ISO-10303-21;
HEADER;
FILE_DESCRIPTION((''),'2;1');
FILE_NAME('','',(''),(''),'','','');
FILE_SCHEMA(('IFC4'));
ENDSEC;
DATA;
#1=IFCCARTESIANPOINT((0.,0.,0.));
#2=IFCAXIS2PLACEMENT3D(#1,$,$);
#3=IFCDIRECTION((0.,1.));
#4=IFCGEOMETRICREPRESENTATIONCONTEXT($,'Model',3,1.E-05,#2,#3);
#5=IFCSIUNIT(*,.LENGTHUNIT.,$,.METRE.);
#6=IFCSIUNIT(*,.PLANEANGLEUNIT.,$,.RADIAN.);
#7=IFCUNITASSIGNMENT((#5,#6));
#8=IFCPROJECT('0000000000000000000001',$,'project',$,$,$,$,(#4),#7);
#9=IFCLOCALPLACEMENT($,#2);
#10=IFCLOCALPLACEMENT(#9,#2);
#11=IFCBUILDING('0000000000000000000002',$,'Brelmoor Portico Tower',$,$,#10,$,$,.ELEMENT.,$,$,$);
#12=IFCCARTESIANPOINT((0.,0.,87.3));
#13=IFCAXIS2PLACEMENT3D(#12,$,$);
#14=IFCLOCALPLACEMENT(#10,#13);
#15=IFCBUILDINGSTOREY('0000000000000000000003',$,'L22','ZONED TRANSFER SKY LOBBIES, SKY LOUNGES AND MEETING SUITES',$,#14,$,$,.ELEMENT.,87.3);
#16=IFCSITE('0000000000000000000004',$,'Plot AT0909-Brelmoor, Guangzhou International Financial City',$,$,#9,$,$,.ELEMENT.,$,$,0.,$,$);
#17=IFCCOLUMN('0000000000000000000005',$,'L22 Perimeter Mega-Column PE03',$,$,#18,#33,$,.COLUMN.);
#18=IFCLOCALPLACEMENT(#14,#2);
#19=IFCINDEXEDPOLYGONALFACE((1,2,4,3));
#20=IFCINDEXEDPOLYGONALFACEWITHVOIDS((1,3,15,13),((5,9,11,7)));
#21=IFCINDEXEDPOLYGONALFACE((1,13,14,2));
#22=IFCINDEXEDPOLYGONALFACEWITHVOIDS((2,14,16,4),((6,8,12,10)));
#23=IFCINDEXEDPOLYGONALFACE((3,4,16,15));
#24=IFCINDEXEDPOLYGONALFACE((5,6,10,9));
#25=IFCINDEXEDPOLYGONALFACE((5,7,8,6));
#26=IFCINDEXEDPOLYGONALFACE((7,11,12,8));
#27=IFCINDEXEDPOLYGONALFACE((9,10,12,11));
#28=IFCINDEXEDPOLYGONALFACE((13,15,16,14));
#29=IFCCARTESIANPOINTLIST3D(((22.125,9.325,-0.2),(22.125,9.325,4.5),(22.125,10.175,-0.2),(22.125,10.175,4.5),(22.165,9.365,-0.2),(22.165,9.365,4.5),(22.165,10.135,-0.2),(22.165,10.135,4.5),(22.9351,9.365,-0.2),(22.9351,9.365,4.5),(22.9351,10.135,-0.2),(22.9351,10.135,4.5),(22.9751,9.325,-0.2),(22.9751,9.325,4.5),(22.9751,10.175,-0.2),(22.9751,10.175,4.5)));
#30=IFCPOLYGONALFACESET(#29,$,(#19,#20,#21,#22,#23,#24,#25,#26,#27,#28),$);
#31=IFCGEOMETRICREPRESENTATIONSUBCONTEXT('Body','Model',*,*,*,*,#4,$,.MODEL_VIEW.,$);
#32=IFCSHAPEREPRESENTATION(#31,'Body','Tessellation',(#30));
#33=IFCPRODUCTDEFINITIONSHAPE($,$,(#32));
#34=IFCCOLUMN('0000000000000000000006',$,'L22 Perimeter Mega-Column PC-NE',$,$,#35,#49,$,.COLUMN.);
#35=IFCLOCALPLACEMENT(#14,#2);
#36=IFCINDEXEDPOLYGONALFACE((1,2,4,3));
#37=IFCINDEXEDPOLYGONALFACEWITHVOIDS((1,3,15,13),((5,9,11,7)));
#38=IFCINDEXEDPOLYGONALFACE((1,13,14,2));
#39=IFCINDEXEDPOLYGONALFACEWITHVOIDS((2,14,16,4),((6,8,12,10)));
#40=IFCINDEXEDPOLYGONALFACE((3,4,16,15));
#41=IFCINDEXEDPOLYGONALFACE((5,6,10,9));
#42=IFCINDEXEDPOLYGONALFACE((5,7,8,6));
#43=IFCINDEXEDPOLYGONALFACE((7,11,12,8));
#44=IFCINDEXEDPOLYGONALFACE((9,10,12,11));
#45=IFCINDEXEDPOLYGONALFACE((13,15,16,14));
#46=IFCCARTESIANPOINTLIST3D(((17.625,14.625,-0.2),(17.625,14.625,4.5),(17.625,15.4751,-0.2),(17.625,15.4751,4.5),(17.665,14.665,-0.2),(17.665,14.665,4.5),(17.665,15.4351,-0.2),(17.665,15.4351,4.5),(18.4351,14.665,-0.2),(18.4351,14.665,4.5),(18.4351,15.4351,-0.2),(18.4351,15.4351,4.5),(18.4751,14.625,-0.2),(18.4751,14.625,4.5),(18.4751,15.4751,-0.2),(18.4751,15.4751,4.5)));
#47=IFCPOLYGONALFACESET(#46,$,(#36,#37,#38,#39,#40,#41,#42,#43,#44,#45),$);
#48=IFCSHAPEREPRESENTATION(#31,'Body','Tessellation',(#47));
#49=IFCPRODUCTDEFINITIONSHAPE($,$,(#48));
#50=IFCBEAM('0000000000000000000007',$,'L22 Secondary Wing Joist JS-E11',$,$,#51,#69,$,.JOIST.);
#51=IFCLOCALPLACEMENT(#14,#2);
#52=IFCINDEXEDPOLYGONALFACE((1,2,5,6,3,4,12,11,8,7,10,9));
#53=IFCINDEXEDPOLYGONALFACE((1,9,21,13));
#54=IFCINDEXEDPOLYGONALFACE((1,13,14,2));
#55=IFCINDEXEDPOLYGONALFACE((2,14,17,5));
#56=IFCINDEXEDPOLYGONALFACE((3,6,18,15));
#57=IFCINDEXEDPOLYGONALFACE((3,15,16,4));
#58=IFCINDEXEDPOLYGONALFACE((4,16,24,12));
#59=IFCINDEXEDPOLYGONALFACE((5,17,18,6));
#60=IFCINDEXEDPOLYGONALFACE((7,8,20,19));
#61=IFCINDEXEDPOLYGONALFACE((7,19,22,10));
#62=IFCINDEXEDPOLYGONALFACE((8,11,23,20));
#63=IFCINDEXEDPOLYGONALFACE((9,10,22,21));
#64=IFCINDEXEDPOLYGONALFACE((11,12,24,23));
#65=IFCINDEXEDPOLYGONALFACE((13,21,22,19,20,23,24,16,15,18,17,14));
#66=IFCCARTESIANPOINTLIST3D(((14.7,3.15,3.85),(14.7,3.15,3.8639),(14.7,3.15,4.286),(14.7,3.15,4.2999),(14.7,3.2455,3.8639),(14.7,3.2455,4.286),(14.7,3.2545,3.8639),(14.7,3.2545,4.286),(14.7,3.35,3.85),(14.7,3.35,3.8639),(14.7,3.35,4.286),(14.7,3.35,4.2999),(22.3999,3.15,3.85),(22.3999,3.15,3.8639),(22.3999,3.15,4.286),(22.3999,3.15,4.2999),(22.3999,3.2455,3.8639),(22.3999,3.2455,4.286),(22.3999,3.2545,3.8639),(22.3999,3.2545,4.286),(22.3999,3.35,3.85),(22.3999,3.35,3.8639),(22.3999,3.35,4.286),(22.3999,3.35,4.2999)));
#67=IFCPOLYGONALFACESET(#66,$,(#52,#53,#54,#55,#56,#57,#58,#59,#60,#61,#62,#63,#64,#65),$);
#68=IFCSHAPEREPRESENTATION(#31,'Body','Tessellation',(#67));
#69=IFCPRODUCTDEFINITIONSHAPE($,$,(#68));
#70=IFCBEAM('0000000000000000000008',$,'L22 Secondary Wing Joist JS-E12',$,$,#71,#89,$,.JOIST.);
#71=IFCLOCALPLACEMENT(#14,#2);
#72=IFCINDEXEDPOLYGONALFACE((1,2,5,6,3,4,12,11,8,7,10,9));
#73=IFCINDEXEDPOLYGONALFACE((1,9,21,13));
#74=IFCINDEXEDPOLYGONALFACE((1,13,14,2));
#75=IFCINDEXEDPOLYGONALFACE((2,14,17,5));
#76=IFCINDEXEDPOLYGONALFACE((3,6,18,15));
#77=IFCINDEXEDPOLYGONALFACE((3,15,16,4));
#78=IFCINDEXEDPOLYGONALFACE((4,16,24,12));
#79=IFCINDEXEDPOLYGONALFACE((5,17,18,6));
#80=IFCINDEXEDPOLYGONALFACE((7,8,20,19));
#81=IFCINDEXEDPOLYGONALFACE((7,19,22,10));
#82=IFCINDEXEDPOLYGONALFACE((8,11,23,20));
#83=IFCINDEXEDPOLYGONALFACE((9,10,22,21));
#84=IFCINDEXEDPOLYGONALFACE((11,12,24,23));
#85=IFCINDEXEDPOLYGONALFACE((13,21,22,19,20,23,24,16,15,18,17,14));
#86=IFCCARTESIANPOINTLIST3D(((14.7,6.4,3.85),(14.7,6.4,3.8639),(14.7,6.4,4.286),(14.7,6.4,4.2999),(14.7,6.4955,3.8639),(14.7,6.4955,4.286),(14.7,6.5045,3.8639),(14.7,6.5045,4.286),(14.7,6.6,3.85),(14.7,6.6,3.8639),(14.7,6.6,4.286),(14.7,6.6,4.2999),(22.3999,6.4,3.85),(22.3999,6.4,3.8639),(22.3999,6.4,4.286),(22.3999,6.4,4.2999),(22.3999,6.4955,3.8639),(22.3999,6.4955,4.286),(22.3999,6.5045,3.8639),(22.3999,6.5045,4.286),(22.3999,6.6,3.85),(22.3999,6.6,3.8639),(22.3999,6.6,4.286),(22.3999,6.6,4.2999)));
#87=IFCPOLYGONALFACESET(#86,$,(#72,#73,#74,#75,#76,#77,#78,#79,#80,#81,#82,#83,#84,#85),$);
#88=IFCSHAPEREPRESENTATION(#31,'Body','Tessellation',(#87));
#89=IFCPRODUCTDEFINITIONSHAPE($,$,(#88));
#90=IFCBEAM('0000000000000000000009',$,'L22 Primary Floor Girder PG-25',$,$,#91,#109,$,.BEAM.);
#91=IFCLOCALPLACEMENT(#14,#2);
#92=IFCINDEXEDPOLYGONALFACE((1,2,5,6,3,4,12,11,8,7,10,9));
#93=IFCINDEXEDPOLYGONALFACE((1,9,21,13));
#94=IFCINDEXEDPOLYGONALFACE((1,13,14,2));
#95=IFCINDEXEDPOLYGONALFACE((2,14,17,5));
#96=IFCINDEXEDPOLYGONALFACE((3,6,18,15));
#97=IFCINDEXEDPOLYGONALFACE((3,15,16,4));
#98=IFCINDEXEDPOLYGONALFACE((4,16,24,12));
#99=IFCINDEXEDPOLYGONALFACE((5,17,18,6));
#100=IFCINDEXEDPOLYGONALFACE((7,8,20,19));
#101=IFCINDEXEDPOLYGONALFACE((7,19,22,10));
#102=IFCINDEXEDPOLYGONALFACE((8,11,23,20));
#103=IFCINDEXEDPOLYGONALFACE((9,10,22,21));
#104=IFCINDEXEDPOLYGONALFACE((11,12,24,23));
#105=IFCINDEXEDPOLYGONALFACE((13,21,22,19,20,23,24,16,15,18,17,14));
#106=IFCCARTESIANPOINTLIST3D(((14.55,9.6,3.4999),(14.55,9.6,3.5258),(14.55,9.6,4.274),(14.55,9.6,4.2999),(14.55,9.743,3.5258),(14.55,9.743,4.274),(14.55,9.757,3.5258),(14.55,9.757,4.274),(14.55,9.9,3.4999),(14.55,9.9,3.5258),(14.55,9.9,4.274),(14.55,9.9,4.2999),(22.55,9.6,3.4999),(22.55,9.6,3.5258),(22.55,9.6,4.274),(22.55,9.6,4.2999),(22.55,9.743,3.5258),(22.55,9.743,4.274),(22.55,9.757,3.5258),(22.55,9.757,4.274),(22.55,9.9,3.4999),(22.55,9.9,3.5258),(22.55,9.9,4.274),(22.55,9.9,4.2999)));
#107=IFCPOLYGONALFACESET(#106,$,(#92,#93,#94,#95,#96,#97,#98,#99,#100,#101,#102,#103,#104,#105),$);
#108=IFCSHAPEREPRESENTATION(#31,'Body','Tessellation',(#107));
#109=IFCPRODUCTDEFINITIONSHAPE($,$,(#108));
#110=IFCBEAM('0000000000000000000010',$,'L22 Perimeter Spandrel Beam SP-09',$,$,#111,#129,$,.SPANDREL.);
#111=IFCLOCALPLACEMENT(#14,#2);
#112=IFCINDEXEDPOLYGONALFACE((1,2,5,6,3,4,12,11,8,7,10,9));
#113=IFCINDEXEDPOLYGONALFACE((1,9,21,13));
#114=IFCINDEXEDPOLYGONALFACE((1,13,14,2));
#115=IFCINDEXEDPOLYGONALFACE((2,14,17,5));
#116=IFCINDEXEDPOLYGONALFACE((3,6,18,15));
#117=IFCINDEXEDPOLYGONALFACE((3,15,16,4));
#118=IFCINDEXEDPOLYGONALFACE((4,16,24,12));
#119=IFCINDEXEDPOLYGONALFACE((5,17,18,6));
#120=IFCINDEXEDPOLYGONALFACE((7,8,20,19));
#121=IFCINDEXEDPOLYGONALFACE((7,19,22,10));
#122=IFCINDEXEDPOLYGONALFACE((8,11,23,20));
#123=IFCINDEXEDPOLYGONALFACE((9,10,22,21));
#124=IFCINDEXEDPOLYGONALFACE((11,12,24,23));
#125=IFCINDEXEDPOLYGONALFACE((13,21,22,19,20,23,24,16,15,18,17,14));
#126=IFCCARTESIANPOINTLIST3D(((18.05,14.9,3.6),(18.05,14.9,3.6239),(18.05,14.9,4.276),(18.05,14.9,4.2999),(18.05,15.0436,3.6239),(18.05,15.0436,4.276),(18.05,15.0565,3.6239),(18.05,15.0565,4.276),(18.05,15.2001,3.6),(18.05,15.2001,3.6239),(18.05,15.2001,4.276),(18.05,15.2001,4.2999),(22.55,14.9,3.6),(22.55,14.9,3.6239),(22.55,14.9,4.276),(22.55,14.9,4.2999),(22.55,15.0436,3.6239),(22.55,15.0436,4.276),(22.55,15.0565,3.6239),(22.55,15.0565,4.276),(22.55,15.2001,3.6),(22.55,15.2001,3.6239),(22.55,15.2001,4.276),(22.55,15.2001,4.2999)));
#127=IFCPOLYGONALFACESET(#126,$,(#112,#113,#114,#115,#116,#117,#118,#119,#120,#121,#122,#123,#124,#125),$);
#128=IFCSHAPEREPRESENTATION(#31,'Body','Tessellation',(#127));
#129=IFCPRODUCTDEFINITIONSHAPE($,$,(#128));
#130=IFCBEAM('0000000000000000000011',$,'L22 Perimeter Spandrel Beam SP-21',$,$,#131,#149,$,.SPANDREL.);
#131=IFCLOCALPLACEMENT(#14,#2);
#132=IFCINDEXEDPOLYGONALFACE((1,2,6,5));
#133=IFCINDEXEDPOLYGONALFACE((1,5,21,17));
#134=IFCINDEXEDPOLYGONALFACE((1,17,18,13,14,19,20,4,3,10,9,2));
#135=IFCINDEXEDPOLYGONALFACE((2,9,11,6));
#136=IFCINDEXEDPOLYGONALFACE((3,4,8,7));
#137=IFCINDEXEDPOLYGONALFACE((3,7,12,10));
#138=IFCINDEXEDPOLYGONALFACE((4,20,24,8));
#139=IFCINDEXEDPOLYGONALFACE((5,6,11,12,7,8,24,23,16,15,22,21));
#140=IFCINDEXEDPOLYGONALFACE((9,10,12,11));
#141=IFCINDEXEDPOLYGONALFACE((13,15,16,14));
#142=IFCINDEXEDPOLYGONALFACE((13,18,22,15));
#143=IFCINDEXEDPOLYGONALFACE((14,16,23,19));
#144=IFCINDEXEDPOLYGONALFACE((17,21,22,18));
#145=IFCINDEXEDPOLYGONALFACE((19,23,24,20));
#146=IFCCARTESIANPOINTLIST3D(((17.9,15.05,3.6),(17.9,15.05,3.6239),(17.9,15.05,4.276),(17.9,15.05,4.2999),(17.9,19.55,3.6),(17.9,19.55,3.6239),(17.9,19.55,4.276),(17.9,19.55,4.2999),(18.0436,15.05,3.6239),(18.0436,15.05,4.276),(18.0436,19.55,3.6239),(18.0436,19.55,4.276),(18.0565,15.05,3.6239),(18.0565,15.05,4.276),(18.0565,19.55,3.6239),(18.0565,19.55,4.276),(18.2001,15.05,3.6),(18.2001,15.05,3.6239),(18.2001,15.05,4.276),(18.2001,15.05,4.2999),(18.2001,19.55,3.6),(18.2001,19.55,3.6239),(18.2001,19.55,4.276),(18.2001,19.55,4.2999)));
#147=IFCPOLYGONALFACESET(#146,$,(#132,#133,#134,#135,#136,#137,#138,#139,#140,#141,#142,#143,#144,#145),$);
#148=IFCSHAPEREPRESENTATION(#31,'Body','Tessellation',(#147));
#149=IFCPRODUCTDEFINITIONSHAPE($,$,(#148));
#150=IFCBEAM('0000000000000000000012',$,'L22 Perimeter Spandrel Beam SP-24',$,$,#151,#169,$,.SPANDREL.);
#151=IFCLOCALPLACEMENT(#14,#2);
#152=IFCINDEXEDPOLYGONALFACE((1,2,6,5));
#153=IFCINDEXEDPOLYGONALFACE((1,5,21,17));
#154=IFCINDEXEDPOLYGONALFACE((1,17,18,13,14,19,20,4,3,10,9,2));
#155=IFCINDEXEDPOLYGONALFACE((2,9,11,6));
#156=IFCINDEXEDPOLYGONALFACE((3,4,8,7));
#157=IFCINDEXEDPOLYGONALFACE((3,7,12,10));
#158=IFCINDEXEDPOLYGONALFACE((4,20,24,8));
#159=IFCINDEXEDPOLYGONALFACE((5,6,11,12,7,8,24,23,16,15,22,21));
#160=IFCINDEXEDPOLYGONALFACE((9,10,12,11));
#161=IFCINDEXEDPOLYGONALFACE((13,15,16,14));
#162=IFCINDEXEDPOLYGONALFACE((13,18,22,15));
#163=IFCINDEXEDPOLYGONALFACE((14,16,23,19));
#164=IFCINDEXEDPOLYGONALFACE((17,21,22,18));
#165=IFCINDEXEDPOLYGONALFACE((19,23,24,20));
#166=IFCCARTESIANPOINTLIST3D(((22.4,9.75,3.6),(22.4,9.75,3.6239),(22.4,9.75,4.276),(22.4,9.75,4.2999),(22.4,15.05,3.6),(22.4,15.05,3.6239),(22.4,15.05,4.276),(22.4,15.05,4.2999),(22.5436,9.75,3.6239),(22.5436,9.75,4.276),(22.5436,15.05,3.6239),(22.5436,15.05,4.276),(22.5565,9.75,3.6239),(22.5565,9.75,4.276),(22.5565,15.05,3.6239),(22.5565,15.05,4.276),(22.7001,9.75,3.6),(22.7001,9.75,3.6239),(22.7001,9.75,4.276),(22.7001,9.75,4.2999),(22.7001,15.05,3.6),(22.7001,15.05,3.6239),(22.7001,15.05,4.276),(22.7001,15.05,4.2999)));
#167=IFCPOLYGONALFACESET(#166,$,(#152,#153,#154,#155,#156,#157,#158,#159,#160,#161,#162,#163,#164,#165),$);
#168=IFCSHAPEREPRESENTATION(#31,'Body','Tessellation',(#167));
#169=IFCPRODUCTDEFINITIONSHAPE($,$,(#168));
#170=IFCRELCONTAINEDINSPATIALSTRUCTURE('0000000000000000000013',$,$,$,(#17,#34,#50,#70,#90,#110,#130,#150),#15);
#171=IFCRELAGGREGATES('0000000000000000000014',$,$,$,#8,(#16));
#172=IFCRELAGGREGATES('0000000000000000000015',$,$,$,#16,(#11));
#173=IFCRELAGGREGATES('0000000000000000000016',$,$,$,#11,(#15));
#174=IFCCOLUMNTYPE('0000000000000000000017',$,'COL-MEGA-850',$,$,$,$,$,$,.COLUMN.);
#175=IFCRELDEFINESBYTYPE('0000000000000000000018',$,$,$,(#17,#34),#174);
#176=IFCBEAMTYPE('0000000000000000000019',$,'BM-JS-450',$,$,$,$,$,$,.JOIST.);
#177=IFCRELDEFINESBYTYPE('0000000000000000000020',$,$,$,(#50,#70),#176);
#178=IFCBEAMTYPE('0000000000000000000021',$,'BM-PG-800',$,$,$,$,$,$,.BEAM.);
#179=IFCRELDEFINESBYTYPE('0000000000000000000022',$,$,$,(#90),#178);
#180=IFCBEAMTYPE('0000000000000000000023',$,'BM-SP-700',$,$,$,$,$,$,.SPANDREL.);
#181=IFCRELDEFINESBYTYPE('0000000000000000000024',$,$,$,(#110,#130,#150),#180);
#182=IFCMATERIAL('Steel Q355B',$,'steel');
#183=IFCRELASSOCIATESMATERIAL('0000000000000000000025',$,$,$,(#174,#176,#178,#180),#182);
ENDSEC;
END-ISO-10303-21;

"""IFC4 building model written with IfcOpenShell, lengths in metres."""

from ifc_helpers import new_model, si_unit, direction, frame, origin, origin_2d, place, context, subcontext, project, spatial, hollow_rectangle, i_section, extrude, material, material_profile, profile_set, type_object, element, save


model = new_model("IFC4")

# Units and contexts
model_context = context("Model", 3, precision=1e-05, world=origin(), true_north=direction((0.0, 1.0)))
body_context = subcontext(model_context, "Body", "Model", "MODEL_VIEW")
ifc_project = project(units=[si_unit("LENGTHUNIT", "METRE"), si_unit("PLANEANGLEUNIT", "RADIAN")], contexts=[model_context])

# Site, building, storey
site_placement = place(None, origin())
site = spatial("IfcSite", under=ifc_project, at=site_placement, Name="Plot AT0909-Brelmoor, Guangzhou International Financial City", CompositionType="ELEMENT", RefElevation=0.0)
building_placement = place(site_placement, origin())
building = spatial("IfcBuilding", under=site, at=building_placement, Name="Brelmoor Portico Tower", CompositionType="ELEMENT")
storey_placement = place(building_placement, frame((0.0, 0.0, 87.3)))
storey = spatial("IfcBuildingStorey", under=building, at=storey_placement, Name="L22", Description="ZONED TRANSFER SKY LOBBIES, SKY LOUNGES AND MEETING SUITES", CompositionType="ELEMENT", Elevation=87.3)

# Columns
ifc_material_1 = material(Name="Steel Q355B", Category="steel")
ifc_material_profile_1 = material_profile(ifc_material_1, hollow_rectangle(XDim=0.8501, YDim=0.8501, WallThickness=0.04, at=origin_2d()), Name="BOX 850x850x40")
ifc_profile_set_1 = profile_set([ifc_material_profile_1], Name="Steel Q355B")
column_type = type_object("IfcColumnType", Name="COL-MEGA-850", PredefinedType="COLUMN", material=ifc_profile_set_1)
for number, where, z_axis, x_axis, name in (
    (1, (22.55, 9.75, -0.2), (0.0, 0.0, 1.0), (0.0, 1.0, 0.0), "L22 Perimeter Mega-Column PE03"),
    (2, (18.05, 15.05, -0.2), (0.0, 0.0, 1.0), (1.0, 0.0, 0.0), "L22 Perimeter Mega-Column PC-NE"),
):
    element("IfcColumn", number, at=place(storey_placement, frame(where, z_axis=z_axis, x_axis=x_axis)), inside=storey, type_object=column_type, Name=name, PredefinedType="COLUMN", context=body_context, shape_type="SweptSolid", body=[
        extrude(hollow_rectangle(XDim=0.8501, YDim=0.8501, WallThickness=0.04, at=origin_2d()), origin(), (0.0, 0.0, 1.0), 4.7),
    ])

# Beams
ifc_material_profile_2 = material_profile(ifc_material_1, i_section(OverallWidth=0.2, OverallDepth=0.45, WebThickness=0.009, FlangeThickness=0.0139, at=origin_2d()), Name="HN 450x200x9x14")
ifc_profile_set_2 = profile_set([ifc_material_profile_2], Name="Steel Q355B")
beam_type_1 = type_object("IfcBeamType", Name="BM-JS-450", PredefinedType="JOIST", material=ifc_profile_set_2)
for number, where, z_axis, x_axis, name in (
    (3, (14.7, 3.25, 4.075), (1.0, 0.0, 0.0), (0.0, 1.0, 0.0), "L22 Secondary Wing Joist JS-E11"),
    (4, (14.7, 6.5, 4.075), (1.0, 0.0, 0.0), (0.0, 1.0, 0.0), "L22 Secondary Wing Joist JS-E12"),
):
    element("IfcBeam", number, at=place(storey_placement, frame(where, z_axis=z_axis, x_axis=x_axis)), inside=storey, type_object=beam_type_1, Name=name, PredefinedType="JOIST", context=body_context, shape_type="SweptSolid", body=[
        extrude(i_section(OverallWidth=0.2, OverallDepth=0.45, WebThickness=0.009, FlangeThickness=0.0139, at=origin_2d()), origin(), (0.0, 0.0, 1.0), 7.7),
    ])
ifc_material_profile_3 = material_profile(ifc_material_1, i_section(OverallWidth=0.3, OverallDepth=0.8, WebThickness=0.0139, FlangeThickness=0.0259, at=origin_2d()), Name="HN 800x300x14x26")
ifc_profile_set_3 = profile_set([ifc_material_profile_3], Name="Steel Q355B")
beam_type_2 = type_object("IfcBeamType", Name="BM-PG-800", PredefinedType="BEAM", material=ifc_profile_set_3)
beam_1_placement = place(storey_placement, frame((14.55, 9.75, 3.8999), z_axis=(1.0, 0.0, 0.0), x_axis=(0.0, 1.0, 0.0)))
element("IfcBeam", 5, at=beam_1_placement, inside=storey, type_object=beam_type_2, Name="L22 Primary Floor Girder PG-25", PredefinedType="BEAM", context=body_context, shape_type="SweptSolid", body=[
    extrude(i_section(OverallWidth=0.3, OverallDepth=0.8, WebThickness=0.0139, FlangeThickness=0.0259, at=origin_2d()), origin(), (0.0, 0.0, 1.0), 8.0),
])
ifc_material_profile_4 = material_profile(ifc_material_1, i_section(OverallWidth=0.3, OverallDepth=0.7, WebThickness=0.0129, FlangeThickness=0.0239, at=origin_2d()), Name="HN 700x300x13x24")
ifc_profile_set_4 = profile_set([ifc_material_profile_4], Name="Steel Q355B")
beam_type_3 = type_object("IfcBeamType", Name="BM-SP-700", PredefinedType="SPANDREL", material=ifc_profile_set_4)
for number, where, z_axis, x_axis, name in (
    (6, (18.05, 15.05, 3.95), (1.0, 0.0, 0.0), (0.0, 1.0, 0.0), "L22 Perimeter Spandrel Beam SP-09"),
    (7, (18.05, 15.05, 3.95), (0.0, 1.0, 0.0), (-1.0, 0.0, 0.0), "L22 Perimeter Spandrel Beam SP-21"),
):
    element("IfcBeam", number, at=place(storey_placement, frame(where, z_axis=z_axis, x_axis=x_axis)), inside=storey, type_object=beam_type_3, Name=name, PredefinedType="SPANDREL", context=body_context, shape_type="SweptSolid", body=[
        extrude(i_section(OverallWidth=0.3, OverallDepth=0.7, WebThickness=0.0129, FlangeThickness=0.0239, at=origin_2d()), origin(), (0.0, 0.0, 1.0), 4.5),
    ])
beam_2_placement = place(storey_placement, frame((22.55, 9.75, 3.95), z_axis=(0.0, 1.0, 0.0), x_axis=(-1.0, 0.0, 0.0)))
element("IfcBeam", 8, at=beam_2_placement, inside=storey, type_object=beam_type_3, Name="L22 Perimeter Spandrel Beam SP-24", PredefinedType="SPANDREL", context=body_context, shape_type="SweptSolid", body=[
    extrude(i_section(OverallWidth=0.3, OverallDepth=0.7, WebThickness=0.0129, FlangeThickness=0.0239, at=origin_2d()), origin(), (0.0, 0.0, 1.0), 5.3),
])

save(model, "model.ifc")
